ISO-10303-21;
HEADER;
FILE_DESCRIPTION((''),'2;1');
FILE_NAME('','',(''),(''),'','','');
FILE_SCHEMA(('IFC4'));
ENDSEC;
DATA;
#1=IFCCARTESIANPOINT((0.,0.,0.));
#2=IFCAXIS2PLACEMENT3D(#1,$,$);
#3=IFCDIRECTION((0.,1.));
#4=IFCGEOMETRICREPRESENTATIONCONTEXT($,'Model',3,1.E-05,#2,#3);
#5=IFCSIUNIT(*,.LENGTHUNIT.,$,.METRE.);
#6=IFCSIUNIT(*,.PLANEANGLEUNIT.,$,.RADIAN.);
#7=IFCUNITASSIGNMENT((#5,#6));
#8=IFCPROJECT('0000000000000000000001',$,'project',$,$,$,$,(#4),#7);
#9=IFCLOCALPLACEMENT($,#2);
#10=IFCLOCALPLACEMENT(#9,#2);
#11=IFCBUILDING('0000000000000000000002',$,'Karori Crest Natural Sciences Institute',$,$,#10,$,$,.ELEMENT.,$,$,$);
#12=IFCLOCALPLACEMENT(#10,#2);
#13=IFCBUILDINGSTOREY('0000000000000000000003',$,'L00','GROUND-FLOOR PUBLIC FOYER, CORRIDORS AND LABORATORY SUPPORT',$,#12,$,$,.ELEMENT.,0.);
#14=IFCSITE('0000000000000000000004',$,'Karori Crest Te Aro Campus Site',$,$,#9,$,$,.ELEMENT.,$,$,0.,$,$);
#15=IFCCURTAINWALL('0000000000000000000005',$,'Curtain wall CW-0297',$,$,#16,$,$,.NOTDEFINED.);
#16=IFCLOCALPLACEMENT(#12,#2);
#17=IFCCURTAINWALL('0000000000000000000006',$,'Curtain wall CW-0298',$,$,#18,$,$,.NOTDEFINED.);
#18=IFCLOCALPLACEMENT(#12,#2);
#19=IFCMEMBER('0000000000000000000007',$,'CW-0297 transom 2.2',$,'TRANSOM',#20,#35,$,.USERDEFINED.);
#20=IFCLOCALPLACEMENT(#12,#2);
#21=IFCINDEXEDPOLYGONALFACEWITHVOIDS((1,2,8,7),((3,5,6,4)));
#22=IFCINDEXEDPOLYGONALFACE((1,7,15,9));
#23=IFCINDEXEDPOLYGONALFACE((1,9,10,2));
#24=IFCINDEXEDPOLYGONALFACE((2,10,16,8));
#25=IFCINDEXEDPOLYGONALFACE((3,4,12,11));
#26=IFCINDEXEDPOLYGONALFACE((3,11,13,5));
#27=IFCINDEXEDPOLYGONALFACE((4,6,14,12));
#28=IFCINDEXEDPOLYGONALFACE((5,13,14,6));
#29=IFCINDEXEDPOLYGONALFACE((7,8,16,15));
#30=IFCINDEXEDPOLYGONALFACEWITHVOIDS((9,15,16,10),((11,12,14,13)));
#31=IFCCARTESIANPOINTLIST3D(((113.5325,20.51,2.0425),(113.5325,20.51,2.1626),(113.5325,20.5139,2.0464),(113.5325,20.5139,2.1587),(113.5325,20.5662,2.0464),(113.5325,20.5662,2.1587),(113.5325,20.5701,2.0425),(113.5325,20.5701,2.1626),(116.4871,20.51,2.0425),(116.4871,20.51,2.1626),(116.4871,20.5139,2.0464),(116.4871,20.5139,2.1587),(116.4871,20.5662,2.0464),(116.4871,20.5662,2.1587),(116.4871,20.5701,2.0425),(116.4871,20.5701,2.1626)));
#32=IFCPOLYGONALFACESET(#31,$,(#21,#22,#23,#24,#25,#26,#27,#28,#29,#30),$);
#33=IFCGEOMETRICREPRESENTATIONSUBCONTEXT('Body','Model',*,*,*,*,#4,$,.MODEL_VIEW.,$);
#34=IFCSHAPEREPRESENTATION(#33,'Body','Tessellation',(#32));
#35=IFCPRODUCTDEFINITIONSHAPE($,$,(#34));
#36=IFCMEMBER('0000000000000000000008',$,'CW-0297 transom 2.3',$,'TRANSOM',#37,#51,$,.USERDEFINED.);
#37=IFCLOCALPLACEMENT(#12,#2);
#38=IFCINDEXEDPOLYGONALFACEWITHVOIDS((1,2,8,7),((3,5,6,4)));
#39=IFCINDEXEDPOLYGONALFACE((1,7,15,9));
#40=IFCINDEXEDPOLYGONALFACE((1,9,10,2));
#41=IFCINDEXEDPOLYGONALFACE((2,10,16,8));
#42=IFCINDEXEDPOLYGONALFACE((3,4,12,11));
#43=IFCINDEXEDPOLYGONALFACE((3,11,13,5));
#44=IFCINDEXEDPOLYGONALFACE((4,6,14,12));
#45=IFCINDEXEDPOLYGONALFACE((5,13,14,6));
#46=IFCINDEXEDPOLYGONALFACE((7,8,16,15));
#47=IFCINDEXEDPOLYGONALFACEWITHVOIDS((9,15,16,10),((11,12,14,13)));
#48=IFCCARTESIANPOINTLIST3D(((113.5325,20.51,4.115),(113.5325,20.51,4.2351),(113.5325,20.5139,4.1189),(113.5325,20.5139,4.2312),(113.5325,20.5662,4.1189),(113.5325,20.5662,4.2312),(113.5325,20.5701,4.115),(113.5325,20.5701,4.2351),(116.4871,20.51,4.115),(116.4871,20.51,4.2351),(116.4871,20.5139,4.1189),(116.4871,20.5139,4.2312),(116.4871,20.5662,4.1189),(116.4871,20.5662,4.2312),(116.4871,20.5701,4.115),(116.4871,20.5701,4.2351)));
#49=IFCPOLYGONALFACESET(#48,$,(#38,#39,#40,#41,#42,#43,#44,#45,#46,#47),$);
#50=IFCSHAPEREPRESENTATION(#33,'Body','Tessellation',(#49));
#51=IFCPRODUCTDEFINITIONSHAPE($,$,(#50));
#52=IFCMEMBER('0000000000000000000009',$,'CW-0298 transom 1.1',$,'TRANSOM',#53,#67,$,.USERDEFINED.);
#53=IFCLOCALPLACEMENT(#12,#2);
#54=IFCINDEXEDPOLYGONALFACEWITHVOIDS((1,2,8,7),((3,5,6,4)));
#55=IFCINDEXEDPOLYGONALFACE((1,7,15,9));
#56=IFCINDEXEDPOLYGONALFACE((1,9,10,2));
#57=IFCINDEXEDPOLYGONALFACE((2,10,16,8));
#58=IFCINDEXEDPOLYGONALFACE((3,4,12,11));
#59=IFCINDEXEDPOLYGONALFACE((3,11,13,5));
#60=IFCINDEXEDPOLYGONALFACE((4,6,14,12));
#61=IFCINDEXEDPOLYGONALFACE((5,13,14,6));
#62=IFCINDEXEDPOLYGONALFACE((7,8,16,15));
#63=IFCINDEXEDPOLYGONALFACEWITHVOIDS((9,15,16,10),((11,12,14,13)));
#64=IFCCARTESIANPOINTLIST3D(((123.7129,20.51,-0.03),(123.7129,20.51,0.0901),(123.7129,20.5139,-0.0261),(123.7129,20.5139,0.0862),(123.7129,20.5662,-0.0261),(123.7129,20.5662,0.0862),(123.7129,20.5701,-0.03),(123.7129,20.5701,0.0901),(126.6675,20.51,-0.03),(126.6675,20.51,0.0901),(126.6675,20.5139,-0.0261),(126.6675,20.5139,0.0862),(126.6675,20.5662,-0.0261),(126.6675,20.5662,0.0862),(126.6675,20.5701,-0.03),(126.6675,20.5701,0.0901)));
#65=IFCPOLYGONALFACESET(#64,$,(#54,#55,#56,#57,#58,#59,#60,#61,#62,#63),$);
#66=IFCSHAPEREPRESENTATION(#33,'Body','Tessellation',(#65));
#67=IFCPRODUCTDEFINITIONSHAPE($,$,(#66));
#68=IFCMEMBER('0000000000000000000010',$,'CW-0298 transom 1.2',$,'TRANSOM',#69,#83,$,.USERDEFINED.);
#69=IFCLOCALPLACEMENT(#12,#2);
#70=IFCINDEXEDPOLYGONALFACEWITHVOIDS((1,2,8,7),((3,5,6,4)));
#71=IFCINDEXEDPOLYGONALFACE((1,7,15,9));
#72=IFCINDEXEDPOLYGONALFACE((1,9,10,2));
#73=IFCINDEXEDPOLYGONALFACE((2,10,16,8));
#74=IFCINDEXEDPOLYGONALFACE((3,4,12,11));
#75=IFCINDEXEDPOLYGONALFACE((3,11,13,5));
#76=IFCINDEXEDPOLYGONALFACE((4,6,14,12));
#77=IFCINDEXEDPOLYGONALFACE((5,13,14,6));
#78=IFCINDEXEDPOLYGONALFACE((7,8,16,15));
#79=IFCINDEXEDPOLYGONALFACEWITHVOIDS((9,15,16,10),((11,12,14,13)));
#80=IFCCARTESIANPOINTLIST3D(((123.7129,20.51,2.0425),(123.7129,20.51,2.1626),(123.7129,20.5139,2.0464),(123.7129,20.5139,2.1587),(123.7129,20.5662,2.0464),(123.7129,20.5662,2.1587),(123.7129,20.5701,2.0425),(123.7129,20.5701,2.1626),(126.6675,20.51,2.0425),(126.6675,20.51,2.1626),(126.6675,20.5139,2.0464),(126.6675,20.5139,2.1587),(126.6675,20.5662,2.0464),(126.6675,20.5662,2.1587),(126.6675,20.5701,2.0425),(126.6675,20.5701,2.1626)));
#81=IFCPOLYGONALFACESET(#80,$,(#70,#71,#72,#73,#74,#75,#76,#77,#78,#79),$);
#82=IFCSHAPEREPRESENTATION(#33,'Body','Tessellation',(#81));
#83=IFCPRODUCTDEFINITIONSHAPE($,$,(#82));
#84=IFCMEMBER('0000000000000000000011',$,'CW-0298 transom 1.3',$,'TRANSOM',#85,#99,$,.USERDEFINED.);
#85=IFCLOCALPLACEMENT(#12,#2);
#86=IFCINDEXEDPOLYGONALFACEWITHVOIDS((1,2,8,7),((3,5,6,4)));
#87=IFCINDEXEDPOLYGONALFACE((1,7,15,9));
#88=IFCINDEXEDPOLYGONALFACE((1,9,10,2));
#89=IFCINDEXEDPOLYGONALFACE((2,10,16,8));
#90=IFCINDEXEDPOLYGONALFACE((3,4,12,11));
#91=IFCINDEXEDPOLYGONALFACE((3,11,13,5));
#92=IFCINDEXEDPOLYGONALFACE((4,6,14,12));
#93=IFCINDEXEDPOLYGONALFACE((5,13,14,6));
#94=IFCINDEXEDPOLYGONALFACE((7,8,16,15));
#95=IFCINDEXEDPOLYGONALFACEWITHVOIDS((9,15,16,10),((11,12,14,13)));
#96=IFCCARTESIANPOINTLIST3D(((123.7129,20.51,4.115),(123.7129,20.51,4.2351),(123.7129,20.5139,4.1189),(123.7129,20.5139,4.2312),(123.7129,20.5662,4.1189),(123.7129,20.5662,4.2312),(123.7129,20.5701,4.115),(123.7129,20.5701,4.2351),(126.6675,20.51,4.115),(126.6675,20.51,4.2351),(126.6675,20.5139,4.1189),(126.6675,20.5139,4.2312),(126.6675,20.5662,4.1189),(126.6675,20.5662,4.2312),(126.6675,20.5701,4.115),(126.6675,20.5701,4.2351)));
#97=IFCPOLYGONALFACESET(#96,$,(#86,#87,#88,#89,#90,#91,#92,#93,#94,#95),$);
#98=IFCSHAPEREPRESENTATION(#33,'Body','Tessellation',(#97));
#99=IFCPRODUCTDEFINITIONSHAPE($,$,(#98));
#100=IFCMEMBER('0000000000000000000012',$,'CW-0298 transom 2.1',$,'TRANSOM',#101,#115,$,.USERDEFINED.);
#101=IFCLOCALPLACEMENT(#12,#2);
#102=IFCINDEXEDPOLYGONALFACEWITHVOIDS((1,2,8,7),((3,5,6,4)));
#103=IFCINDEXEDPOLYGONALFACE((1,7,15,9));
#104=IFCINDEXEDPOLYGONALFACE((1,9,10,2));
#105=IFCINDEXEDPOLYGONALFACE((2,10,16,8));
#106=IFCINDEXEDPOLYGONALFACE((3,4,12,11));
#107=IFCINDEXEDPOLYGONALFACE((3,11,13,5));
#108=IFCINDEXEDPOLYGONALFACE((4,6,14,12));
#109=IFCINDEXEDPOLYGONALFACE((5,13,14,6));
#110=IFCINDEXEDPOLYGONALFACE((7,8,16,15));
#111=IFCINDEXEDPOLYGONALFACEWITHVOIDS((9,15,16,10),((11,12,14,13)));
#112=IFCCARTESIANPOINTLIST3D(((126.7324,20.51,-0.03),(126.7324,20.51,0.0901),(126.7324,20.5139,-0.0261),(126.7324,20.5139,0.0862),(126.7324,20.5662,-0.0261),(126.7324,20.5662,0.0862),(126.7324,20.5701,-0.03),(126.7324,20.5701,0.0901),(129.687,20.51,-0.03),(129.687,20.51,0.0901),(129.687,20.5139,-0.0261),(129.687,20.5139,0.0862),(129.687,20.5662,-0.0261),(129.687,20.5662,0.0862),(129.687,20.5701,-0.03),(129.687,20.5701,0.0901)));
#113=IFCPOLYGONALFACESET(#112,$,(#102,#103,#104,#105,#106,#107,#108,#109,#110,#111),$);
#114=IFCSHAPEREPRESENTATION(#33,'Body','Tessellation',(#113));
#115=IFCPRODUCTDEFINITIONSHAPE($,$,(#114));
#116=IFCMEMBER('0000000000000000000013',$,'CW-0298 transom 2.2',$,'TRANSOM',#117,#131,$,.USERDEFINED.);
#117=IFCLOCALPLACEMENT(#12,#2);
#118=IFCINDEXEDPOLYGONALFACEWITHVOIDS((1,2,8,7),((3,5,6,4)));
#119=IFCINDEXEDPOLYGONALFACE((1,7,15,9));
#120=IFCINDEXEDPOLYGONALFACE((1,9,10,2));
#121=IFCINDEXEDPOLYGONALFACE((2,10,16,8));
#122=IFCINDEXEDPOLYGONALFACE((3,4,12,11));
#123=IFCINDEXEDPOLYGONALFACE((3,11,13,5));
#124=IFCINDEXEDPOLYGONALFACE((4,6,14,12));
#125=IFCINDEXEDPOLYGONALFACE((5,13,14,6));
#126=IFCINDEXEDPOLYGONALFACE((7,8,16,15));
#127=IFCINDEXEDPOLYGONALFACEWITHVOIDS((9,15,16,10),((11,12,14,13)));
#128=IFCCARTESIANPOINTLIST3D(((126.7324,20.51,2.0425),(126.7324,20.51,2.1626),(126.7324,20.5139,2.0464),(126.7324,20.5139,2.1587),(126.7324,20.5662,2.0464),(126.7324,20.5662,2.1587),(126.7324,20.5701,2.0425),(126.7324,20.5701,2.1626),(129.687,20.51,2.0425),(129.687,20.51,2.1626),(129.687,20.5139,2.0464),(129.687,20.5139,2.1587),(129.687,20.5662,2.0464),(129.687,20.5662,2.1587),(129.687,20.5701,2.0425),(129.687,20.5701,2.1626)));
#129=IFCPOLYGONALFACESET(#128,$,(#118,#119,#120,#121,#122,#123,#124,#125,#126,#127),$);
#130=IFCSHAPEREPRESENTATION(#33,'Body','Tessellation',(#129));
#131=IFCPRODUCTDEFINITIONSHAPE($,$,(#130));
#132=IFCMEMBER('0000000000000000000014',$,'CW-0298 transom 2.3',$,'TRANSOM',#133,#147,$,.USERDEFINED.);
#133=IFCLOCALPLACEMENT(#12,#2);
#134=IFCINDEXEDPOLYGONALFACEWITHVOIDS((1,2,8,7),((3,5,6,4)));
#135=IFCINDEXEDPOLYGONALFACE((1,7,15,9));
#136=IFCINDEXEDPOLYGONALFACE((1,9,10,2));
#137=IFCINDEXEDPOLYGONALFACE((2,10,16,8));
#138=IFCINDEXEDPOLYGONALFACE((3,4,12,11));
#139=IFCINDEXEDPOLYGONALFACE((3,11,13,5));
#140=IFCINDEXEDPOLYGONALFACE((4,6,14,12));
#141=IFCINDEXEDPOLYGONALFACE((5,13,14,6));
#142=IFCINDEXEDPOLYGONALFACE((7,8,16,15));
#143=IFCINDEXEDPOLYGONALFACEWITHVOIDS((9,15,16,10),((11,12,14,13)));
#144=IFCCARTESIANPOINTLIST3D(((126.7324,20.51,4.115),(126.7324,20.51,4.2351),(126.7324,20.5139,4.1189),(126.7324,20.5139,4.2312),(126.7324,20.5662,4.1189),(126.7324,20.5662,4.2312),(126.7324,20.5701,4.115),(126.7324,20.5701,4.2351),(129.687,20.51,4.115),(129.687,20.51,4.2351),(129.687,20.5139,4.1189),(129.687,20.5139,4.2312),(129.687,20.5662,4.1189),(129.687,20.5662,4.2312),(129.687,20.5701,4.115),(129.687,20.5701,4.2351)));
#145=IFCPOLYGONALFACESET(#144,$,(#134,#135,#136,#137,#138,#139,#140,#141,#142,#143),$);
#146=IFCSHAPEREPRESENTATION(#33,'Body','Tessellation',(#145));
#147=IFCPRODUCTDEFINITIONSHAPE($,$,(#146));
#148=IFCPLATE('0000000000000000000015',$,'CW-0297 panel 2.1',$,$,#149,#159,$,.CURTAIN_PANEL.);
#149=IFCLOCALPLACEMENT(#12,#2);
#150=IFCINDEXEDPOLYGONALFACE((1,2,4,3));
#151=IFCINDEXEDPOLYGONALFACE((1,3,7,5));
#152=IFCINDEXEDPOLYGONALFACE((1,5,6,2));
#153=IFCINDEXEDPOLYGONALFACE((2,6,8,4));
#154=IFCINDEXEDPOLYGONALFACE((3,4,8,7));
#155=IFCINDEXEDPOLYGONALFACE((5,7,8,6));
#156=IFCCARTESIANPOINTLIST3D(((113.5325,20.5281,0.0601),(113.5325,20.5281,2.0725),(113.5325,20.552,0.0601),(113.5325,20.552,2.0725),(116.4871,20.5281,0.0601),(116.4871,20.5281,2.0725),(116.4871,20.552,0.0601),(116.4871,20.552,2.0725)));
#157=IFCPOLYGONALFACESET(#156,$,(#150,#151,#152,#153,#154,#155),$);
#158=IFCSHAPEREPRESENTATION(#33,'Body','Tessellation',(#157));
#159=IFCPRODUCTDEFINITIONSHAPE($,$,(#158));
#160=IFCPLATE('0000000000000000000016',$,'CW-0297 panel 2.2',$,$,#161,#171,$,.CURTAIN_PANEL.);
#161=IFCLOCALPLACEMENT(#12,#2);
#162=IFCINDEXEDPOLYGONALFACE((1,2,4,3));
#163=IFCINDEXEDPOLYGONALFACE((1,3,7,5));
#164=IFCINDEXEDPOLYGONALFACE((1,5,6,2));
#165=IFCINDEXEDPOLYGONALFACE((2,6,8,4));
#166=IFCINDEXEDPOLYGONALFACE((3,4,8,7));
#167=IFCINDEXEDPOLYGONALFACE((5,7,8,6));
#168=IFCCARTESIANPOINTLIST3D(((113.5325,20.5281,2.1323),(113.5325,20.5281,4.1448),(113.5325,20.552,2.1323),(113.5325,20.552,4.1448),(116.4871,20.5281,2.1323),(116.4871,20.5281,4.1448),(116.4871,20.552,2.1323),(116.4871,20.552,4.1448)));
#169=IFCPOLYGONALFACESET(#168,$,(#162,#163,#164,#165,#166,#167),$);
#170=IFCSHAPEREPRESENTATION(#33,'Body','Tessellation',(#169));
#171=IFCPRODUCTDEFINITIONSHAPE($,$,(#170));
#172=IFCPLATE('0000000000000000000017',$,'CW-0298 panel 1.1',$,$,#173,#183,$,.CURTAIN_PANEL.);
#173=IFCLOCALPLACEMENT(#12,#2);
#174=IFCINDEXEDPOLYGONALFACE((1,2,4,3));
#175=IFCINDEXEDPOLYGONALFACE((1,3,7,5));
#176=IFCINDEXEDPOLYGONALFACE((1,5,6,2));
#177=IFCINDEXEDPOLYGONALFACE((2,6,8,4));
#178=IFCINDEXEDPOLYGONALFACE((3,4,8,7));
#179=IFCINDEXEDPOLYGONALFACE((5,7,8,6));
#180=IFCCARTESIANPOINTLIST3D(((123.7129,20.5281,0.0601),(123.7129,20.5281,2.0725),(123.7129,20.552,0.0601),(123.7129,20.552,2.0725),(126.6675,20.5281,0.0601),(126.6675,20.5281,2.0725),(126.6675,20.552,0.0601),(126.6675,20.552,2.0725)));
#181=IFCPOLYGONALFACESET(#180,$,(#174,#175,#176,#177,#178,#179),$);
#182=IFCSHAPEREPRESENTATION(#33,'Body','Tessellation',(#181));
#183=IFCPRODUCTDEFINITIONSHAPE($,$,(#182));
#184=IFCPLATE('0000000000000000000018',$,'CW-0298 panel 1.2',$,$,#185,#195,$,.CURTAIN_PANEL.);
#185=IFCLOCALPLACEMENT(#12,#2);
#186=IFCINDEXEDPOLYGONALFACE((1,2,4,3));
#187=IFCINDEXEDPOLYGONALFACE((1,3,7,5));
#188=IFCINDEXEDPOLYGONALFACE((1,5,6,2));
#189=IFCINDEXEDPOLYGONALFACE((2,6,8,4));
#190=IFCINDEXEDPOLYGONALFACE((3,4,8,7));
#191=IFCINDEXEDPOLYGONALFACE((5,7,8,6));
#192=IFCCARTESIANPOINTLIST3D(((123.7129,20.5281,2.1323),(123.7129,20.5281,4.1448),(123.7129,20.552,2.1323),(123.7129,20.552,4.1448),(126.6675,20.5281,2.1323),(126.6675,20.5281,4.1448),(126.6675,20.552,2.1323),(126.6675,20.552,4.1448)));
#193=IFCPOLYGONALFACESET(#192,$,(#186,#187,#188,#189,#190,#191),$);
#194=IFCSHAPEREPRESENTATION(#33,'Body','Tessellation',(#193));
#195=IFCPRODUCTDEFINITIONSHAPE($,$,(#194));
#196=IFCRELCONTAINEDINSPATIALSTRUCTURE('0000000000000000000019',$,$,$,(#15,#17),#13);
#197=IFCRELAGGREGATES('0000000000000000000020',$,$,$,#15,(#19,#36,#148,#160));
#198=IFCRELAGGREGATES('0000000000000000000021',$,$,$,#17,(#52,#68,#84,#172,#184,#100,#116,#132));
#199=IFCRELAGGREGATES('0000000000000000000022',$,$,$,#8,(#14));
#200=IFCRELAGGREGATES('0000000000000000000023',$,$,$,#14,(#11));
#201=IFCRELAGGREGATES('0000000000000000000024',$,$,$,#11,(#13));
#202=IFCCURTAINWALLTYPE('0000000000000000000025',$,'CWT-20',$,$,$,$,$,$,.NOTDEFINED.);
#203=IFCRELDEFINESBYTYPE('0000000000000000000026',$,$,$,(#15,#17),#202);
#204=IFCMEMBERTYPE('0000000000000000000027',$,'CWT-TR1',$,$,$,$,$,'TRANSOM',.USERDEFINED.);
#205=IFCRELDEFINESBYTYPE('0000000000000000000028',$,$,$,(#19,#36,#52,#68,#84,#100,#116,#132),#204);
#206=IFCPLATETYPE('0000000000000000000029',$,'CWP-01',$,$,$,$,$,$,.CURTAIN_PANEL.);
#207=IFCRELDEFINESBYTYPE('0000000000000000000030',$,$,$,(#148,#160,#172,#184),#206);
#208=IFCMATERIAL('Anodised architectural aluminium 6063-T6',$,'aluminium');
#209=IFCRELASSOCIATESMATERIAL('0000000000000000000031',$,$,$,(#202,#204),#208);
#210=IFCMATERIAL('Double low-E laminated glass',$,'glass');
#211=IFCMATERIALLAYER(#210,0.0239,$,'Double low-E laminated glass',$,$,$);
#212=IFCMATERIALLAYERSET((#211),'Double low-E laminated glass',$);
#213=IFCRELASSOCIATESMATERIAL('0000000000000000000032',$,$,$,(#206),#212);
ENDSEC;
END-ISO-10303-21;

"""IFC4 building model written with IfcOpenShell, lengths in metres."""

from ifc_helpers import new_model, si_unit, direction, frame, origin, origin_2d, place, context, subcontext, project, spatial, rectangle, hollow_rectangle, extrude, material, layer, layer_set, material_profile, profile_set, type_object, element, aggregate, save


model = new_model("IFC4")

# Units and contexts
model_context = context("Model", 3, precision=1e-05, world=origin(), true_north=direction((0.0, 1.0)))
body_context = subcontext(model_context, "Body", "Model", "MODEL_VIEW")
ifc_project = project(units=[si_unit("LENGTHUNIT", "METRE"), si_unit("PLANEANGLEUNIT", "RADIAN")], contexts=[model_context])

# Site, building, storey
site_placement = place(None, origin())
site = spatial("IfcSite", under=ifc_project, at=site_placement, Name="Karori Crest Te Aro Campus Site", CompositionType="ELEMENT", RefElevation=0.0)
building_placement = place(site_placement, origin())
building = spatial("IfcBuilding", under=site, at=building_placement, Name="Karori Crest Natural Sciences Institute", CompositionType="ELEMENT")
storey_placement = place(building_placement, origin())
storey = spatial("IfcBuildingStorey", under=building, at=storey_placement, Name="L00", Description="GROUND-FLOOR PUBLIC FOYER, CORRIDORS AND LABORATORY SUPPORT", CompositionType="ELEMENT", Elevation=0.0)

# Curtain walls
ifc_material_1 = material(Name="Anodised architectural aluminium 6063-T6", Category="aluminium")
curtain_wall_type = type_object("IfcCurtainWallType", Name="CWT-20", PredefinedType="NOTDEFINED", material=ifc_material_1)
curtain_wall_1_placement = place(storey_placement, origin())
curtain_wall_1 = element("IfcCurtainWall", 1, at=curtain_wall_1_placement, inside=storey, type_object=curtain_wall_type, Name="Curtain wall CW-0297", PredefinedType="NOTDEFINED")
curtain_wall_2_placement = place(storey_placement, origin())
curtain_wall_2 = element("IfcCurtainWall", 2, at=curtain_wall_2_placement, inside=storey, type_object=curtain_wall_type, Name="Curtain wall CW-0298", PredefinedType="NOTDEFINED")

# Members
ifc_material_profile_1 = material_profile(ifc_material_1, hollow_rectangle(XDim=0.0601, YDim=0.1201, WallThickness=0.0039, at=origin_2d()), Name="CWT120x60x4")
ifc_profile_set_1 = profile_set([ifc_material_profile_1], Name="Anodised architectural aluminium 6063-T6")
member_type_1 = type_object("IfcMemberType", Name="CWT-TR1", ElementType="TRANSOM", PredefinedType="USERDEFINED", material=ifc_profile_set_1)
member_1_placement = place(storey_placement, frame((113.5325, 20.54, 2.1025), z_axis=(1.0, 0.0, 0.0), x_axis=(0.0, 1.0, 0.0)))
member_1 = element("IfcMember", 3, at=member_1_placement, type_object=member_type_1, Name="CW-0297 transom 2.2", ObjectType="TRANSOM", PredefinedType="USERDEFINED", context=body_context, shape_type="SweptSolid", body=[
    extrude(hollow_rectangle(XDim=0.0601, YDim=0.1201, WallThickness=0.0039, at=origin_2d()), origin(), (0.0, 0.0, 1.0), 2.9546),
])
member_2_placement = place(storey_placement, frame((113.5325, 20.54, 4.175), z_axis=(1.0, 0.0, 0.0), x_axis=(0.0, 1.0, 0.0)))
member_2 = element("IfcMember", 4, at=member_2_placement, type_object=member_type_1, Name="CW-0297 transom 2.3", ObjectType="TRANSOM", PredefinedType="USERDEFINED", context=body_context, shape_type="SweptSolid", body=[
    extrude(hollow_rectangle(XDim=0.0601, YDim=0.1201, WallThickness=0.0039, at=origin_2d()), origin(), (0.0, 0.0, 1.0), 2.9546),
])
member_3_placement = place(storey_placement, frame((123.7129, 20.54, 0.03), z_axis=(1.0, 0.0, 0.0), x_axis=(0.0, 1.0, 0.0)))
member_3 = element("IfcMember", 5, at=member_3_placement, type_object=member_type_1, Name="CW-0298 transom 1.1", ObjectType="TRANSOM", PredefinedType="USERDEFINED", context=body_context, shape_type="SweptSolid", body=[
    extrude(hollow_rectangle(XDim=0.0601, YDim=0.1201, WallThickness=0.0039, at=origin_2d()), origin(), (0.0, 0.0, 1.0), 2.9546),
])
member_4_placement = place(storey_placement, frame((123.7129, 20.54, 2.1025), z_axis=(1.0, 0.0, 0.0), x_axis=(0.0, 1.0, 0.0)))
member_4 = element("IfcMember", 6, at=member_4_placement, type_object=member_type_1, Name="CW-0298 transom 1.2", ObjectType="TRANSOM", PredefinedType="USERDEFINED", context=body_context, shape_type="SweptSolid", body=[
    extrude(hollow_rectangle(XDim=0.0601, YDim=0.1201, WallThickness=0.0039, at=origin_2d()), origin(), (0.0, 0.0, 1.0), 2.9546),
])
member_5_placement = place(storey_placement, frame((123.7129, 20.54, 4.175), z_axis=(1.0, 0.0, 0.0), x_axis=(0.0, 1.0, 0.0)))
member_5 = element("IfcMember", 7, at=member_5_placement, type_object=member_type_1, Name="CW-0298 transom 1.3", ObjectType="TRANSOM", PredefinedType="USERDEFINED", context=body_context, shape_type="SweptSolid", body=[
    extrude(hollow_rectangle(XDim=0.0601, YDim=0.1201, WallThickness=0.0039, at=origin_2d()), origin(), (0.0, 0.0, 1.0), 2.9546),
])
member_6_placement = place(storey_placement, frame((126.7324, 20.54, 0.03), z_axis=(1.0, 0.0, 0.0), x_axis=(0.0, 1.0, 0.0)))
member_6 = element("IfcMember", 8, at=member_6_placement, type_object=member_type_1, Name="CW-0298 transom 2.1", ObjectType="TRANSOM", PredefinedType="USERDEFINED", context=body_context, shape_type="SweptSolid", body=[
    extrude(hollow_rectangle(XDim=0.0601, YDim=0.1201, WallThickness=0.0039, at=origin_2d()), origin(), (0.0, 0.0, 1.0), 2.9546),
])
member_7_placement = place(storey_placement, frame((126.7324, 20.54, 2.1025), z_axis=(1.0, 0.0, 0.0), x_axis=(0.0, 1.0, 0.0)))
member_7 = element("IfcMember", 9, at=member_7_placement, type_object=member_type_1, Name="CW-0298 transom 2.2", ObjectType="TRANSOM", PredefinedType="USERDEFINED", context=body_context, shape_type="SweptSolid", body=[
    extrude(hollow_rectangle(XDim=0.0601, YDim=0.1201, WallThickness=0.0039, at=origin_2d()), origin(), (0.0, 0.0, 1.0), 2.9546),
])
member_8_placement = place(storey_placement, frame((126.7324, 20.54, 4.175), z_axis=(1.0, 0.0, 0.0), x_axis=(0.0, 1.0, 0.0)))
member_8 = element("IfcMember", 10, at=member_8_placement, type_object=member_type_1, Name="CW-0298 transom 2.3", ObjectType="TRANSOM", PredefinedType="USERDEFINED", context=body_context, shape_type="SweptSolid", body=[
    extrude(hollow_rectangle(XDim=0.0601, YDim=0.1201, WallThickness=0.0039, at=origin_2d()), origin(), (0.0, 0.0, 1.0), 2.9546),
])

# Plates
ifc_material_2 = material(Name="Double low-E laminated glass", Category="glass")
ifc_layer_1 = layer(ifc_material_2, 0.0239, Name="Double low-E laminated glass")
ifc_layer_set_1 = layer_set([ifc_layer_1], Name="Double low-E laminated glass")
plate_type = type_object("IfcPlateType", Name="CWP-01", PredefinedType="CURTAIN_PANEL", material=ifc_layer_set_1)
plate_1_placement = place(storey_placement, frame((115.0098, 20.54, 0.0601), z_axis=(0.0, 0.0, 1.0), x_axis=(1.0, 0.0, 0.0)))
plate_1 = element("IfcPlate", 11, at=plate_1_placement, type_object=plate_type, Name="CW-0297 panel 2.1", PredefinedType="CURTAIN_PANEL", context=body_context, shape_type="SweptSolid", body=[
    extrude(rectangle(XDim=2.9546, YDim=0.0239, at=origin_2d()), origin(), (0.0, 0.0, 1.0), 2.0125),
])
plate_2_placement = place(storey_placement, frame((115.0098, 20.54, 2.1323), z_axis=(0.0, 0.0, 1.0), x_axis=(1.0, 0.0, 0.0)))
plate_2 = element("IfcPlate", 12, at=plate_2_placement, type_object=plate_type, Name="CW-0297 panel 2.2", PredefinedType="CURTAIN_PANEL", context=body_context, shape_type="SweptSolid", body=[
    extrude(rectangle(XDim=2.9546, YDim=0.0239, at=origin_2d()), origin(), (0.0, 0.0, 1.0), 2.0125),
])
aggregate(curtain_wall_1, [member_1, member_2, plate_1, plate_2])
plate_3_placement = place(storey_placement, frame((125.1902, 20.54, 0.0601), z_axis=(0.0, 0.0, 1.0), x_axis=(1.0, 0.0, 0.0)))
plate_3 = element("IfcPlate", 13, at=plate_3_placement, type_object=plate_type, Name="CW-0298 panel 1.1", PredefinedType="CURTAIN_PANEL", context=body_context, shape_type="SweptSolid", body=[
    extrude(rectangle(XDim=2.9546, YDim=0.0239, at=origin_2d()), origin(), (0.0, 0.0, 1.0), 2.0125),
])
plate_4_placement = place(storey_placement, frame((125.1902, 20.54, 2.1323), z_axis=(0.0, 0.0, 1.0), x_axis=(1.0, 0.0, 0.0)))
plate_4 = element("IfcPlate", 14, at=plate_4_placement, type_object=plate_type, Name="CW-0298 panel 1.2", PredefinedType="CURTAIN_PANEL", context=body_context, shape_type="SweptSolid", body=[
    extrude(rectangle(XDim=2.9546, YDim=0.0239, at=origin_2d()), origin(), (0.0, 0.0, 1.0), 2.0125),
])
aggregate(curtain_wall_2, [member_3, member_4, member_5, plate_3, plate_4, member_6, member_7, member_8])

save(model, "model.ifc")
